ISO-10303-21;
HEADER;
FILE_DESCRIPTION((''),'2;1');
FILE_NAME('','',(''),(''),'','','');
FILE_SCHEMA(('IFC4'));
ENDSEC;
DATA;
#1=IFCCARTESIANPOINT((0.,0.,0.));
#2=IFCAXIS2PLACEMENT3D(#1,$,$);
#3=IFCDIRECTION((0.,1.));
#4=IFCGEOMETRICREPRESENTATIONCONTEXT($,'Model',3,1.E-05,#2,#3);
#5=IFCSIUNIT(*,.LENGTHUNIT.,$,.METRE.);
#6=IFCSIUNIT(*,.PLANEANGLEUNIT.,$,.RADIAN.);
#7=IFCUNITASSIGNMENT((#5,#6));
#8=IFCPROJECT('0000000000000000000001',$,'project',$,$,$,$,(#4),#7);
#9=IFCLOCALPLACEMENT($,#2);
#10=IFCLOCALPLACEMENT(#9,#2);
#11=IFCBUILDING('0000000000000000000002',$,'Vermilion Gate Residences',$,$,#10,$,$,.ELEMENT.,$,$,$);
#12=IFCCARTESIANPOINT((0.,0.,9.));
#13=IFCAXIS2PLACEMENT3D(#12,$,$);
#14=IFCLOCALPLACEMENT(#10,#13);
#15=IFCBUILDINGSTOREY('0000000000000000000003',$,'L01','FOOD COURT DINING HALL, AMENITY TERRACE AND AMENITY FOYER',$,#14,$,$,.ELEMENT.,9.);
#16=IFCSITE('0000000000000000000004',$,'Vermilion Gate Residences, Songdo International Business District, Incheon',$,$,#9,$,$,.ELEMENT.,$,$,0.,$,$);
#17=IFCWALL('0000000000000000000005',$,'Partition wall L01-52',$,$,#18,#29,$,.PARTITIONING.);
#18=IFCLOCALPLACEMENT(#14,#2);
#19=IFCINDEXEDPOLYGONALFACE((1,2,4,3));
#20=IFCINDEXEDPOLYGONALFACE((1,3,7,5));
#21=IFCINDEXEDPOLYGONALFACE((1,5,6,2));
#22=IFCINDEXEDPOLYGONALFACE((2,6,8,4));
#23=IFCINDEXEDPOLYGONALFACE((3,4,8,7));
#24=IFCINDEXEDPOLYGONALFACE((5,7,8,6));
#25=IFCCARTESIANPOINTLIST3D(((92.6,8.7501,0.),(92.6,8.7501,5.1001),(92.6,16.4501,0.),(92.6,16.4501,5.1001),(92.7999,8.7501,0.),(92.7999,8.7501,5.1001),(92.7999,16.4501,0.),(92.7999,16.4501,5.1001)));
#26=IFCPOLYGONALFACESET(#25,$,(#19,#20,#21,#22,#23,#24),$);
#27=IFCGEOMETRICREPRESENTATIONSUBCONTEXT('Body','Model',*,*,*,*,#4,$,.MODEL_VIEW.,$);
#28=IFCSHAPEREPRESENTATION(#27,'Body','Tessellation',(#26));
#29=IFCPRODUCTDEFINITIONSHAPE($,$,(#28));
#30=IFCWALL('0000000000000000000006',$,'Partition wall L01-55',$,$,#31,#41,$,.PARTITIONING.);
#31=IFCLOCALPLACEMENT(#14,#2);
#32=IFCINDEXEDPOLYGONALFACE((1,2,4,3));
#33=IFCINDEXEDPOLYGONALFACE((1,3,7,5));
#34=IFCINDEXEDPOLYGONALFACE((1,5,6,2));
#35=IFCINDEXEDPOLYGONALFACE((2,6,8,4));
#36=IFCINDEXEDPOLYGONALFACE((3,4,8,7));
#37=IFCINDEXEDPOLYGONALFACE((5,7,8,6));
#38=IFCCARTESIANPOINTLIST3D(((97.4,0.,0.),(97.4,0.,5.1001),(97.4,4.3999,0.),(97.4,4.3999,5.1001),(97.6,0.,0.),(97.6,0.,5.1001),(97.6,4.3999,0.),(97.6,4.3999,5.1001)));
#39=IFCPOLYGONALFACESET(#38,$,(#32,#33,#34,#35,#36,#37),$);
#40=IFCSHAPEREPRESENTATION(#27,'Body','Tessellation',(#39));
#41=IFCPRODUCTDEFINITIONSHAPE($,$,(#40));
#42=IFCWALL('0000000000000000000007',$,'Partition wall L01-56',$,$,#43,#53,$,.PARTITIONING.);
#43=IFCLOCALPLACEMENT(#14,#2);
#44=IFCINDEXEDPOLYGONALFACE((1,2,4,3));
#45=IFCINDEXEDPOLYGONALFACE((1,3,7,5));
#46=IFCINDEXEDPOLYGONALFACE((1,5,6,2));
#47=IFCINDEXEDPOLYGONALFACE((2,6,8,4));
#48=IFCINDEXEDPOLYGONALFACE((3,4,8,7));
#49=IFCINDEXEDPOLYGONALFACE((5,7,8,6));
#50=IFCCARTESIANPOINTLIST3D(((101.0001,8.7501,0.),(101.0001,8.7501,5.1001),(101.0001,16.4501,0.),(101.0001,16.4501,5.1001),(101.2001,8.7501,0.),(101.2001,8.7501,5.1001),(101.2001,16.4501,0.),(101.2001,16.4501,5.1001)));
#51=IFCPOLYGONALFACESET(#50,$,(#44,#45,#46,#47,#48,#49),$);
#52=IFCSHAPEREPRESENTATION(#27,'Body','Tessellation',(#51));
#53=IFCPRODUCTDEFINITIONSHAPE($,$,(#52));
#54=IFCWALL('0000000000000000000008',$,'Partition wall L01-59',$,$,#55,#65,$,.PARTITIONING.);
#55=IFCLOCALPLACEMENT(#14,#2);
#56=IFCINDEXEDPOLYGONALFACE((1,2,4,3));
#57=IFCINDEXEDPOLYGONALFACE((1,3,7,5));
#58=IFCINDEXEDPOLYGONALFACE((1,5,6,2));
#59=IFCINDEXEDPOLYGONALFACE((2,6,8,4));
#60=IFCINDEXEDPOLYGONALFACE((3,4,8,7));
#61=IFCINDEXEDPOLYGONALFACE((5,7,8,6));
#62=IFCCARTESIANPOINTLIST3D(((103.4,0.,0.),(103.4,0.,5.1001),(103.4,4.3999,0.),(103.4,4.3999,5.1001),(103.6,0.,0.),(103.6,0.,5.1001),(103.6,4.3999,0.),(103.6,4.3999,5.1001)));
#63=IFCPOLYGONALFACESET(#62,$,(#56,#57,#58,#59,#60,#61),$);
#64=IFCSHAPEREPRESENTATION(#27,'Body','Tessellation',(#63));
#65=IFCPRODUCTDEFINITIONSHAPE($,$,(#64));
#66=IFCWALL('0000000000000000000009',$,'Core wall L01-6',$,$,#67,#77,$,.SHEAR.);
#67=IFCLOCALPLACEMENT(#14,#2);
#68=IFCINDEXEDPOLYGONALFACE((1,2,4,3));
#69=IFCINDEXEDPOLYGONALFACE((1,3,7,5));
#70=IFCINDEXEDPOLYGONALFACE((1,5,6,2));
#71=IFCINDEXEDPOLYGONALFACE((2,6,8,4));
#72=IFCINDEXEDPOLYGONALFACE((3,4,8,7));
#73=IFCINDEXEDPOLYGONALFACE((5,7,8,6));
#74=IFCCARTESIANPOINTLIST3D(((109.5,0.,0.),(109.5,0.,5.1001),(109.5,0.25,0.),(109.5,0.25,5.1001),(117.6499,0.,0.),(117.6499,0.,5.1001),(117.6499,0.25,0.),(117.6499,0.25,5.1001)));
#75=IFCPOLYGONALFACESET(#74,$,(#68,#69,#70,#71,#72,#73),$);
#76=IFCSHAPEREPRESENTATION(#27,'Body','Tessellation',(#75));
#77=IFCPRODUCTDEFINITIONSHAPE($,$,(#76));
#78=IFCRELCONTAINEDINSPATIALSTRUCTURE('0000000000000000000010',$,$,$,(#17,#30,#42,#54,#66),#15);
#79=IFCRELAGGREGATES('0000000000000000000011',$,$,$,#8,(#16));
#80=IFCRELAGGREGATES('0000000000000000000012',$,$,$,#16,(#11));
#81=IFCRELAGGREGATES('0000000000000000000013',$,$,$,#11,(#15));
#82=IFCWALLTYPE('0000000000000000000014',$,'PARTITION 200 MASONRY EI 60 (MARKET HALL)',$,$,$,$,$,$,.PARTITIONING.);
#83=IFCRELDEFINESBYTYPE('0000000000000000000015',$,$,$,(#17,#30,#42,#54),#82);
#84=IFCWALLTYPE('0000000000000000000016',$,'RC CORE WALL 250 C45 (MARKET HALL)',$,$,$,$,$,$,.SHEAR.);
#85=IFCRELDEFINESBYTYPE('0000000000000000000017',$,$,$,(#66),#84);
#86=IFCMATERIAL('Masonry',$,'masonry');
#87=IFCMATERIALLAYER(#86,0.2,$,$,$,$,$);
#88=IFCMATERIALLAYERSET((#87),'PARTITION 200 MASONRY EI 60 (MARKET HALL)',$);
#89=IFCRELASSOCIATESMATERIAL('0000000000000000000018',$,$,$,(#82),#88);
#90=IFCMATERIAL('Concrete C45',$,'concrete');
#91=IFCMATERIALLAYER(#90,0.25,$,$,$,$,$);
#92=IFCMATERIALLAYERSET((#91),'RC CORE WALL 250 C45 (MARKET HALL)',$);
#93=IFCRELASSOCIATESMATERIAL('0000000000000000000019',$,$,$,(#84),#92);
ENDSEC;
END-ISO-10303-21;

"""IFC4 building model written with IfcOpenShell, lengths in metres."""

from ifc_helpers import new_model, si_unit, direction, frame, frame_2d, origin, place, context, subcontext, project, spatial, rectangle, extrude, material, layer, layer_set, type_object, element, save


model = new_model("IFC4")

# Units and contexts
model_context = context("Model", 3, precision=1e-05, world=origin(), true_north=direction((0.0, 1.0)))
body_context = subcontext(model_context, "Body", "Model", "MODEL_VIEW")
ifc_project = project(units=[si_unit("LENGTHUNIT", "METRE"), si_unit("PLANEANGLEUNIT", "RADIAN")], contexts=[model_context])

# Site, building, storey
site_placement = place(None, origin())
site = spatial("IfcSite", under=ifc_project, at=site_placement, Name="Vermilion Gate Residences, Songdo International Business District, Incheon", CompositionType="ELEMENT", RefElevation=0.0)
building_placement = place(site_placement, origin())
building = spatial("IfcBuilding", under=site, at=building_placement, Name="Vermilion Gate Residences", CompositionType="ELEMENT")
storey_placement = place(building_placement, frame((0.0, 0.0, 9.0)))
storey = spatial("IfcBuildingStorey", under=building, at=storey_placement, Name="L01", Description="FOOD COURT DINING HALL, AMENITY TERRACE AND AMENITY FOYER", CompositionType="ELEMENT", Elevation=9.0)

# Shared definitions
ifc_material_1 = material(Name="Masonry", Category="masonry")
ifc_layer_1 = layer(ifc_material_1, 0.2)
ifc_layer_set_1 = layer_set([ifc_layer_1], Name="PARTITION 200 MASONRY EI 60 (MARKET HALL)")
wall_type_1 = type_object("IfcWallType", Name="PARTITION 200 MASONRY EI 60 (MARKET HALL)", PredefinedType="PARTITIONING", material=ifc_layer_set_1)

# Walls
wall_1_placement = place(storey_placement, frame((92.7, 8.75, 0.0), z_axis=(0.0, 0.0, 1.0), x_axis=(0.0, 1.0, 0.0)))
element("IfcWall", 1, at=wall_1_placement, inside=storey, type_object=wall_type_1, Name="Partition wall L01-52", PredefinedType="PARTITIONING", context=body_context, shape_type="SweptSolid", body=[
    extrude(rectangle(XDim=7.7, YDim=0.2, at=frame_2d((3.8501, 0.0))), origin(), (0.0, 0.0, 1.0), 5.1001),
])
wall_2_placement = place(storey_placement, frame((97.5, 0.0, 0.0), z_axis=(0.0, 0.0, 1.0), x_axis=(0.0, 1.0, 0.0)))
element("IfcWall", 2, at=wall_2_placement, inside=storey, type_object=wall_type_1, Name="Partition wall L01-55", PredefinedType="PARTITIONING", context=body_context, shape_type="SweptSolid", body=[
    extrude(rectangle(XDim=4.3999, YDim=0.2, at=frame_2d((2.2, 0.0))), origin(), (0.0, 0.0, 1.0), 5.1001),
])
wall_3_placement = place(storey_placement, frame((101.1001, 8.75, 0.0), z_axis=(0.0, 0.0, 1.0), x_axis=(0.0, 1.0, 0.0)))
element("IfcWall", 3, at=wall_3_placement, inside=storey, type_object=wall_type_1, Name="Partition wall L01-56", PredefinedType="PARTITIONING", context=body_context, shape_type="SweptSolid", body=[
    extrude(rectangle(XDim=7.7, YDim=0.2, at=frame_2d((3.8501, 0.0))), origin(), (0.0, 0.0, 1.0), 5.1001),
])
wall_4_placement = place(storey_placement, frame((103.5, 0.0, 0.0), z_axis=(0.0, 0.0, 1.0), x_axis=(0.0, 1.0, 0.0)))
element("IfcWall", 4, at=wall_4_placement, inside=storey, type_object=wall_type_1, Name="Partition wall L01-59", PredefinedType="PARTITIONING", context=body_context, shape_type="SweptSolid", body=[
    extrude(rectangle(XDim=4.3999, YDim=0.2, at=frame_2d((2.2, 0.0))), origin(), (0.0, 0.0, 1.0), 5.1001),
])
ifc_material_2 = material(Name="Concrete C45", Category="concrete")
ifc_layer_2 = layer(ifc_material_2, 0.25)
ifc_layer_set_2 = layer_set([ifc_layer_2], Name="RC CORE WALL 250 C45 (MARKET HALL)")
wall_type_2 = type_object("IfcWallType", Name="RC CORE WALL 250 C45 (MARKET HALL)", PredefinedType="SHEAR", material=ifc_layer_set_2)
wall_5_placement = place(storey_placement, frame((109.5, 0.125, 0.0), z_axis=(0.0, 0.0, 1.0), x_axis=(1.0, 0.0, 0.0)))
element("IfcWall", 5, at=wall_5_placement, inside=storey, type_object=wall_type_2, Name="Core wall L01-6", PredefinedType="SHEAR", context=body_context, shape_type="SweptSolid", body=[
    extrude(rectangle(XDim=8.1499, YDim=0.25, at=frame_2d((4.075, 0.0))), origin(), (0.0, 0.0, 1.0), 5.1001),
])

save(model, "model.ifc")
